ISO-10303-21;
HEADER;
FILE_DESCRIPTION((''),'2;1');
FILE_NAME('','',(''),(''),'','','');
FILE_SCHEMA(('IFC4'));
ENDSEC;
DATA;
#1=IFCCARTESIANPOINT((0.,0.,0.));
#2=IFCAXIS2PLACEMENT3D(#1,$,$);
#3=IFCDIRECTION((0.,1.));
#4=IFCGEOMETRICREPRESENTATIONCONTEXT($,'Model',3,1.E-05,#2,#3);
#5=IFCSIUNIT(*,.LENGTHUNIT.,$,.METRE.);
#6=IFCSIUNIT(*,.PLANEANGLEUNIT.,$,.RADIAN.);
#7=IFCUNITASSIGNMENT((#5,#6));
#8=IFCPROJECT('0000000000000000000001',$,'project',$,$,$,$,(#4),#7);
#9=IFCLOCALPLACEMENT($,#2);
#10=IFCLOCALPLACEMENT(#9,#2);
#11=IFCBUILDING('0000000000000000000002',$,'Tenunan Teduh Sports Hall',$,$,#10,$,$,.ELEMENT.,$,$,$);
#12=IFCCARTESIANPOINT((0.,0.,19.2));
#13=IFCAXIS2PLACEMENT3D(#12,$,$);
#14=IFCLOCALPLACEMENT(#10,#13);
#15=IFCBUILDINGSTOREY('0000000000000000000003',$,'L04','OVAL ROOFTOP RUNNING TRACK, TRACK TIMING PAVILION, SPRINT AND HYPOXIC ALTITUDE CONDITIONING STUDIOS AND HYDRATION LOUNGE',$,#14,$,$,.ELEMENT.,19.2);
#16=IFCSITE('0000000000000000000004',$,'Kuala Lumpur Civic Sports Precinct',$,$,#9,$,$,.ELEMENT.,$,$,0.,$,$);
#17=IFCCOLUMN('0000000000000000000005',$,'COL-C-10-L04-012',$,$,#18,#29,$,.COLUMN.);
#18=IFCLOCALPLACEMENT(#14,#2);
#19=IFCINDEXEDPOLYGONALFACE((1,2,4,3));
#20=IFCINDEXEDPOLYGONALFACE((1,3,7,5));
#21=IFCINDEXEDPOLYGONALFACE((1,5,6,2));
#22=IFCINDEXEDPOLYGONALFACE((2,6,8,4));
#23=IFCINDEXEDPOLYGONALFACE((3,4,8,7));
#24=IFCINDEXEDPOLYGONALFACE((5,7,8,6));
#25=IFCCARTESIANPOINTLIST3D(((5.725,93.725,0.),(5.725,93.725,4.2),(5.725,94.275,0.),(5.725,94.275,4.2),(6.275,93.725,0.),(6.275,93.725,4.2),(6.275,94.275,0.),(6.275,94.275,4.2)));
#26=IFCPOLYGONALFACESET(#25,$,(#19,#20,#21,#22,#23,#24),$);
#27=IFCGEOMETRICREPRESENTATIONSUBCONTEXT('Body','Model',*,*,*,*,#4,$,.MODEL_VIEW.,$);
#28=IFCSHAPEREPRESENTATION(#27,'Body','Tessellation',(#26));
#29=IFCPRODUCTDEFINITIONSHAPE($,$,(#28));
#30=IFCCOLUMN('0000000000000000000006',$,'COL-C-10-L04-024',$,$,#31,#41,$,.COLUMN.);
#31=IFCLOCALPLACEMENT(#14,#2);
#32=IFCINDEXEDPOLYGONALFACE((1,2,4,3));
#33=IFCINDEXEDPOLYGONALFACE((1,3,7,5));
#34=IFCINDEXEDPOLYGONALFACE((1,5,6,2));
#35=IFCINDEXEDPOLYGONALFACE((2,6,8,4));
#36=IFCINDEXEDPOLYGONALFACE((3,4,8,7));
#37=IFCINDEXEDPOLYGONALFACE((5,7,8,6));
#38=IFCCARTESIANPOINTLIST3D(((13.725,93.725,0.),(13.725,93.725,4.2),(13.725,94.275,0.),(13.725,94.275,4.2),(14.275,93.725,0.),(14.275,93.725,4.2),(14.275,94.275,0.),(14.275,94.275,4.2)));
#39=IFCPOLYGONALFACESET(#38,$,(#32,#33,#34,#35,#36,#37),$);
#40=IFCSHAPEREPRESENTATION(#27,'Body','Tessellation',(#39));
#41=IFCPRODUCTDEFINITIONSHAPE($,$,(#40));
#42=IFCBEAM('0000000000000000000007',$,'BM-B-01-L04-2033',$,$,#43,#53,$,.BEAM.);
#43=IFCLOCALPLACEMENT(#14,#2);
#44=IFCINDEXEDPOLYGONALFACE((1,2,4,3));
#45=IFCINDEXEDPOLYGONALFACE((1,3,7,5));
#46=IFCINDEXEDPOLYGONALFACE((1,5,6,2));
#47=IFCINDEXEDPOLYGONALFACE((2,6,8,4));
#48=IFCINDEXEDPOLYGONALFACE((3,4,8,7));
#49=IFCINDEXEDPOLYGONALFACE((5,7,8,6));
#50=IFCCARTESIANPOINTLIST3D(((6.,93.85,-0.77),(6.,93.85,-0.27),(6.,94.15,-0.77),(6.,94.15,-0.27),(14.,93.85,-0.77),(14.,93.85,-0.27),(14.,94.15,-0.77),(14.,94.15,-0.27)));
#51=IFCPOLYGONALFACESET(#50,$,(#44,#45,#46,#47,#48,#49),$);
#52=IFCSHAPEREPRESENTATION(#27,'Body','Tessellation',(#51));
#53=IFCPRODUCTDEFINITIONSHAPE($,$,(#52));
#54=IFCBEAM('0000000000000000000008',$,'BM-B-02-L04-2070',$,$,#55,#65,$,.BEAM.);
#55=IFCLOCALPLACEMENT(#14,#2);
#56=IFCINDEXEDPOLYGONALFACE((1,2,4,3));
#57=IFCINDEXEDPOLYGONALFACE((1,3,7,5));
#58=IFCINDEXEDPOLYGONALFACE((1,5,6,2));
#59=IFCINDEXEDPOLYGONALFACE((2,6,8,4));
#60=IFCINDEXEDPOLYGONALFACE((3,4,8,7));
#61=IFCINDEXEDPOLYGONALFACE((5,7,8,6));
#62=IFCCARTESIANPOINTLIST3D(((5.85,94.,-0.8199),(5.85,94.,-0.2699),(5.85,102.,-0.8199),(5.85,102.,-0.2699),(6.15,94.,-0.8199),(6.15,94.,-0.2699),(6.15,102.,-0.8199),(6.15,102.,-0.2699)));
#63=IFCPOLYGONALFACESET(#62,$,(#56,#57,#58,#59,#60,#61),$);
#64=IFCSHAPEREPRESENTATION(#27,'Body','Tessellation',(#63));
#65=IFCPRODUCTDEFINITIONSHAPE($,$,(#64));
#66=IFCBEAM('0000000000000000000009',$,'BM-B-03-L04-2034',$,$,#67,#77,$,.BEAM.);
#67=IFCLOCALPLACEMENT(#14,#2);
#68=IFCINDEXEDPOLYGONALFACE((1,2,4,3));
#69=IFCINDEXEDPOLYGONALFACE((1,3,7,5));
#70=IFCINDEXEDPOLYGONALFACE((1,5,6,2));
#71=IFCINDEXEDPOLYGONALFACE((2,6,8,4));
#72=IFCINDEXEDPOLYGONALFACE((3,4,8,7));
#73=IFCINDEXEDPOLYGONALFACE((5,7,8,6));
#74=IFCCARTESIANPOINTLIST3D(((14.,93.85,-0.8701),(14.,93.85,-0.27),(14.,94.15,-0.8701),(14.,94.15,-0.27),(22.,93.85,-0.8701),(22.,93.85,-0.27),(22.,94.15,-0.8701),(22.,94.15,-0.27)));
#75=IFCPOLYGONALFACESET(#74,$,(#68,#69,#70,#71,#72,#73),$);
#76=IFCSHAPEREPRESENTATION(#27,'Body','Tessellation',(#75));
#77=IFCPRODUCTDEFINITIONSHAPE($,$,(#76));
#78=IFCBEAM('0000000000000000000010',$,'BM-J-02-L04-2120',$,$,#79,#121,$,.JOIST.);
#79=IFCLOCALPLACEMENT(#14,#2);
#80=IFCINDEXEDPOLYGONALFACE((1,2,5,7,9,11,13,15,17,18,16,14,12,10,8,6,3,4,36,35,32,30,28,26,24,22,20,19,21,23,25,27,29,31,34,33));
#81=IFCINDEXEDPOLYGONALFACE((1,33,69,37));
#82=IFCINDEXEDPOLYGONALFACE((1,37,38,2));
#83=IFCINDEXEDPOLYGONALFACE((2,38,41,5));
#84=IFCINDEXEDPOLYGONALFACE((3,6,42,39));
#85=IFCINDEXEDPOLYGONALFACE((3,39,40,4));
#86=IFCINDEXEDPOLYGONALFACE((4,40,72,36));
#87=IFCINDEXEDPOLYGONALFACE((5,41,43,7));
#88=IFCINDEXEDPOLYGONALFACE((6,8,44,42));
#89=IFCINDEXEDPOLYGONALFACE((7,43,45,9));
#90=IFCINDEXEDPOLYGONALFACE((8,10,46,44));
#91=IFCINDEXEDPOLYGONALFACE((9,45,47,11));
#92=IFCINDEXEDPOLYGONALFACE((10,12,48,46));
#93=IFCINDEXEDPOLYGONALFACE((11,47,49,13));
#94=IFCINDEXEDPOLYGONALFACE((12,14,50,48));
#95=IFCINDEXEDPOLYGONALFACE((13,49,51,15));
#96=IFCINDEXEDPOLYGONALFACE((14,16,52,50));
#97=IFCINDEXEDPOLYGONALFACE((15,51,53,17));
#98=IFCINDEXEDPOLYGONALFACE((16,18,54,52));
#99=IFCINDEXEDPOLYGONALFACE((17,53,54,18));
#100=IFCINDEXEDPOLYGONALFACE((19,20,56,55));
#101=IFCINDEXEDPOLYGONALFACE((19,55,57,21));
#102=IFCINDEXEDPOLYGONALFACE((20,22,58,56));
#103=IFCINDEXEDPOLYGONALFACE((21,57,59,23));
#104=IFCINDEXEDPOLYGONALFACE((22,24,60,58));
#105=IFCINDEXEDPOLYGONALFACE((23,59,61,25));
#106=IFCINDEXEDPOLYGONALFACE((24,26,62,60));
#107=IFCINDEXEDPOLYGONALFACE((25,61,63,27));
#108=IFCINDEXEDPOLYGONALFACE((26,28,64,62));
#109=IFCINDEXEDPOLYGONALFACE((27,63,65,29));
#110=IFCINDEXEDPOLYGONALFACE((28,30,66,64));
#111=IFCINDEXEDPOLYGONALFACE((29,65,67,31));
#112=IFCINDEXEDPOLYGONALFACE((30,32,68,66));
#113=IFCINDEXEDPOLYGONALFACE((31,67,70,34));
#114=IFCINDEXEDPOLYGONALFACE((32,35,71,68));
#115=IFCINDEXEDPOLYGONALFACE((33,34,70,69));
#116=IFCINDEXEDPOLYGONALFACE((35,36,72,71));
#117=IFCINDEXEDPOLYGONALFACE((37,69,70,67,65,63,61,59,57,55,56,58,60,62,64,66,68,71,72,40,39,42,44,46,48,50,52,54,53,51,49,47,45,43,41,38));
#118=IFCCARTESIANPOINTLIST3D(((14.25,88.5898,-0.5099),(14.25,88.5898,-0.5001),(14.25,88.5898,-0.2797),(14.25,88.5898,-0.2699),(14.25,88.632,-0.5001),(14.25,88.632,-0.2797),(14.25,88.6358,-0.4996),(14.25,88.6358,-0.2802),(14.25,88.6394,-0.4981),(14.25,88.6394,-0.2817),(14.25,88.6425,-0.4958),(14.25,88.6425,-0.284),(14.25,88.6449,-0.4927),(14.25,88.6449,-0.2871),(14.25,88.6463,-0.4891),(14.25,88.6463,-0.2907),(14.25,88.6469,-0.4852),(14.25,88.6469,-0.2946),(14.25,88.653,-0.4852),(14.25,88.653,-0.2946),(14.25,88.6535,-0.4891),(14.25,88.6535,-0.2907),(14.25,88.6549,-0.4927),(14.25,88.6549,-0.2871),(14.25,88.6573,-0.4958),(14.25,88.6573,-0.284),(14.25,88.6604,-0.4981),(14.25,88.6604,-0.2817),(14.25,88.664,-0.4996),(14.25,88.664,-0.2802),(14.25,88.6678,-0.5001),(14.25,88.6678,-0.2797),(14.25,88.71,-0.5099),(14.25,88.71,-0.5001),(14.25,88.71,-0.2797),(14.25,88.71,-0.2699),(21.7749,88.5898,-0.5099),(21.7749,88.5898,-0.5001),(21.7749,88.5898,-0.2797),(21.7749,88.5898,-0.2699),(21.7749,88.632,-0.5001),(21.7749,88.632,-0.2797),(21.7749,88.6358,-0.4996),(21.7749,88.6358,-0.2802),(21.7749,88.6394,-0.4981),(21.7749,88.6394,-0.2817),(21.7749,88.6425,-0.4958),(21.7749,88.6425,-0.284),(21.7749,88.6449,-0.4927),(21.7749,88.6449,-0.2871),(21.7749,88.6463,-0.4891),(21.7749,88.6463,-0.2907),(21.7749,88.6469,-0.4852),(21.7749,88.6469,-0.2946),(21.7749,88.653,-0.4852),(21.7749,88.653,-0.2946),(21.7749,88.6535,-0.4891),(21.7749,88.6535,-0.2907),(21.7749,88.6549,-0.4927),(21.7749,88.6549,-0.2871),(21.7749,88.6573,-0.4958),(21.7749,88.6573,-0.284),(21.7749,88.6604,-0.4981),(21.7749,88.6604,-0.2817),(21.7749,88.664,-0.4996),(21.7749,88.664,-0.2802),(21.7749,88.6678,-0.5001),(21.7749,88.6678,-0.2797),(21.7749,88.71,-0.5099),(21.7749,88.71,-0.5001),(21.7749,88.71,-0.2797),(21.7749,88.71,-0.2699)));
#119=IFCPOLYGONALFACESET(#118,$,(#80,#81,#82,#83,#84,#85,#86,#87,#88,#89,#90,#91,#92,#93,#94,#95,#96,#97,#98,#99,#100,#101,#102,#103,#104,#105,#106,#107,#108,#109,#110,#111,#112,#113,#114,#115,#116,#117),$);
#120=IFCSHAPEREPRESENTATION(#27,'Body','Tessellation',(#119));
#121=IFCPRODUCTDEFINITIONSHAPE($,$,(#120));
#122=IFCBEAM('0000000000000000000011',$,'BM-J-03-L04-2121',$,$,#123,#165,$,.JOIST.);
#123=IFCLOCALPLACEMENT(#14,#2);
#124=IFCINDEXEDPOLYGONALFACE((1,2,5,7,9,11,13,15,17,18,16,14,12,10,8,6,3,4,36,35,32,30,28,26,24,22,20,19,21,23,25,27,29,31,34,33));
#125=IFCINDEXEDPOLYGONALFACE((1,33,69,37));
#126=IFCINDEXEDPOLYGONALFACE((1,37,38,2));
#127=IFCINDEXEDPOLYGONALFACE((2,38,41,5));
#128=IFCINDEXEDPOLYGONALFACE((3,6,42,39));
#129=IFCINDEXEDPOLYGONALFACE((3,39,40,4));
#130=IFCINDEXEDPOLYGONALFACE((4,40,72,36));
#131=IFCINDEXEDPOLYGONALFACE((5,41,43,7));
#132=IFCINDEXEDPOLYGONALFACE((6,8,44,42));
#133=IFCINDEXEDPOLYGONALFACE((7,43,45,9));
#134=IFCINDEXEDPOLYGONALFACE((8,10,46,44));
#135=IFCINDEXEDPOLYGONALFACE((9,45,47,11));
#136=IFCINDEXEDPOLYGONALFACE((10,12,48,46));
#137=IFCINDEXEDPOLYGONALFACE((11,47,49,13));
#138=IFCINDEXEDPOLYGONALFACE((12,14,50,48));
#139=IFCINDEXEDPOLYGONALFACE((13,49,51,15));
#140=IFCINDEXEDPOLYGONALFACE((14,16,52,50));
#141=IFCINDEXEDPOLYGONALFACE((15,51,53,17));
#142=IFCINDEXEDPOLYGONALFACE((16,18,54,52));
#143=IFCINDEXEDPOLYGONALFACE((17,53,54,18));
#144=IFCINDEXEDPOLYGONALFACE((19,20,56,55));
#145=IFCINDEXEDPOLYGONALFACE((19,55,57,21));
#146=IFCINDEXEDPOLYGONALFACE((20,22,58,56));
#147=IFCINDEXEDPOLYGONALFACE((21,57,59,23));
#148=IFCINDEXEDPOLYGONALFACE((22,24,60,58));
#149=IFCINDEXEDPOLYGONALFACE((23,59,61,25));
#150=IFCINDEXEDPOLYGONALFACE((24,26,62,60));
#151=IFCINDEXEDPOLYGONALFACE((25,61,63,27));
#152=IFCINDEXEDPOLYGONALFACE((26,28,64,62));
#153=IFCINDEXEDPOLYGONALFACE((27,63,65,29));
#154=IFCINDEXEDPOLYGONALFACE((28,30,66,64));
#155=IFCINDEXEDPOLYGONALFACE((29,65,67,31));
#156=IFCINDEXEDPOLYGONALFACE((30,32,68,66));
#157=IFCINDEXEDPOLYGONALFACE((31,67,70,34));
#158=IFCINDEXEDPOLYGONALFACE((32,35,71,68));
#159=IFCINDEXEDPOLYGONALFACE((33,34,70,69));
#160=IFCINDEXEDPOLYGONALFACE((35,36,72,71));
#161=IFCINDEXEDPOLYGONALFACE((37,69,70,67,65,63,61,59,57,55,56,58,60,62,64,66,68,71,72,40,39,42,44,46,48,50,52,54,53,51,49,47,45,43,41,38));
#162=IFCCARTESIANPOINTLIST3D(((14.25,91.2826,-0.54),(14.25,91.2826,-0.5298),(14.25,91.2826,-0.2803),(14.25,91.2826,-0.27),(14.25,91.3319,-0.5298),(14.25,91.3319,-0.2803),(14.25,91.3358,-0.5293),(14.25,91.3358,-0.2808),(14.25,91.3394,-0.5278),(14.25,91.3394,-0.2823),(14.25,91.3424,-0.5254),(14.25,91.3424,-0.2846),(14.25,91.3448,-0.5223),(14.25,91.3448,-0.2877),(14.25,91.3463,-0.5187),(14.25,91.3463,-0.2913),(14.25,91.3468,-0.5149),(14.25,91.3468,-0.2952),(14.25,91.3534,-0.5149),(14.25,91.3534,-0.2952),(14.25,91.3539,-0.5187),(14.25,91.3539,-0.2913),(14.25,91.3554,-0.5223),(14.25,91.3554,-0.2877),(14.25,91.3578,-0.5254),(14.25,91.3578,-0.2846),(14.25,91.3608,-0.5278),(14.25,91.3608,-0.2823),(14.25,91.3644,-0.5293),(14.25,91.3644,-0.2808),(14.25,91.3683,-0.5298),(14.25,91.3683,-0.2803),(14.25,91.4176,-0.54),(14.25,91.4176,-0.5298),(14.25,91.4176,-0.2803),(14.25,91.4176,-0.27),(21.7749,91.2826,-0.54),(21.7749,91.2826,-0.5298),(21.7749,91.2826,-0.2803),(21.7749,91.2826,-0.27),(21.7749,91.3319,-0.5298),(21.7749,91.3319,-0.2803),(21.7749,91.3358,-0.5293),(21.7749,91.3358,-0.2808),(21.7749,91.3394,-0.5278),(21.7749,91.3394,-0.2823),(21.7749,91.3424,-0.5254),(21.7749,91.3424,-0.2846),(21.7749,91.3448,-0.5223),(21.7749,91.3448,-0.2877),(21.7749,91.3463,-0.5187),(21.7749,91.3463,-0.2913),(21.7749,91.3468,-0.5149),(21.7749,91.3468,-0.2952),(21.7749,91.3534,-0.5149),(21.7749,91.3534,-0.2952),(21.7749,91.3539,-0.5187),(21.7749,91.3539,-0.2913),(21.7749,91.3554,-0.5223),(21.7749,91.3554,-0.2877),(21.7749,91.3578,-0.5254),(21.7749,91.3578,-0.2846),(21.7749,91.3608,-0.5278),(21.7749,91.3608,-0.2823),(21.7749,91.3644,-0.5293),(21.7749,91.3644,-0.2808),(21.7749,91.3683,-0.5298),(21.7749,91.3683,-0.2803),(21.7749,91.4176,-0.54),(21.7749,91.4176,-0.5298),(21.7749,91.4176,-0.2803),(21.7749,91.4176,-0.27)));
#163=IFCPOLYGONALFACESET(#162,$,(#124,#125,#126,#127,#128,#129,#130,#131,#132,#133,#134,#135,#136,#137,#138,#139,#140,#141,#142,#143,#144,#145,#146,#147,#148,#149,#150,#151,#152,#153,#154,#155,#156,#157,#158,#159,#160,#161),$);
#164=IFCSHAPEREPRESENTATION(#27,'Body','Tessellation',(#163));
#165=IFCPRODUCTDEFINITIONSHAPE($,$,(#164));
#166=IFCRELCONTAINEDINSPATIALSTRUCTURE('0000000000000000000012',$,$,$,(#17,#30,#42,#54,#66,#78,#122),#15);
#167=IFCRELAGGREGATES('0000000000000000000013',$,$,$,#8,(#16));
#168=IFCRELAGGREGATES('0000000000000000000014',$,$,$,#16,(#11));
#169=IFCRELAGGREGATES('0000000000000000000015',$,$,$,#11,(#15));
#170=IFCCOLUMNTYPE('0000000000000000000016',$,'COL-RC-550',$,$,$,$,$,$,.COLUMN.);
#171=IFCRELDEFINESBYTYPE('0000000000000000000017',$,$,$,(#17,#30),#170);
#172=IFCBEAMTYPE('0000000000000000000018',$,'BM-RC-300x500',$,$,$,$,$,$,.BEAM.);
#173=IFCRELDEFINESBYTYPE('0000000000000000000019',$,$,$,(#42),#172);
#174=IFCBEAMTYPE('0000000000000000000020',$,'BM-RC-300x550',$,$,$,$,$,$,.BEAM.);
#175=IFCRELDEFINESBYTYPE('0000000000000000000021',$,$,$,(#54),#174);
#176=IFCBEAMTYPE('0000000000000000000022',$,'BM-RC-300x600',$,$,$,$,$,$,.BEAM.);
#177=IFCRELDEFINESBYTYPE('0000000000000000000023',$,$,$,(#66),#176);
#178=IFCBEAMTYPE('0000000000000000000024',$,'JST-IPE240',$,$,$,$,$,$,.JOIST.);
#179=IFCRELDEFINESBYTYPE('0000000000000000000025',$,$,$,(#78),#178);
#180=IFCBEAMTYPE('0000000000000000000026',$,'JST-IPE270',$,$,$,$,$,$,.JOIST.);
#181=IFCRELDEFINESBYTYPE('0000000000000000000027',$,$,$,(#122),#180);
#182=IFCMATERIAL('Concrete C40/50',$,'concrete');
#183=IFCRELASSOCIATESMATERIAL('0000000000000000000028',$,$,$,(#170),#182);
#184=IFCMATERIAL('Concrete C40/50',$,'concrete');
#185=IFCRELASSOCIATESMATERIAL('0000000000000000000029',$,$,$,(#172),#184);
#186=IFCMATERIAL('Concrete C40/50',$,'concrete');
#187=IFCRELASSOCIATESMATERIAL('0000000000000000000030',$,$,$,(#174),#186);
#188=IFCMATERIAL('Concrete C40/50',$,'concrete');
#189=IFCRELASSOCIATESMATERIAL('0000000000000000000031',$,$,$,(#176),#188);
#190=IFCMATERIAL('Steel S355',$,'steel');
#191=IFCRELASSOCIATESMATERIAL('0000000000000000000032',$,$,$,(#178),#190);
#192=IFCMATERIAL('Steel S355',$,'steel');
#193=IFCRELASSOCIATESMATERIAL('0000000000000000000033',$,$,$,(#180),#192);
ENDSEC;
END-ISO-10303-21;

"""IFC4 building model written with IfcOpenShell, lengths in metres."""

from ifc_helpers import new_model, si_unit, direction, frame, origin, origin_2d, place, context, subcontext, project, spatial, rectangle, i_section, extrude, material, material_profile, profile_set, type_object, element, save


model = new_model("IFC4")

# Units and contexts
model_context = context("Model", 3, precision=1e-05, world=origin(), true_north=direction((0.0, 1.0)))
body_context = subcontext(model_context, "Body", "Model", "MODEL_VIEW")
ifc_project = project(units=[si_unit("LENGTHUNIT", "METRE"), si_unit("PLANEANGLEUNIT", "RADIAN")], contexts=[model_context])

# Site, building, storey
site_placement = place(None, origin())
site = spatial("IfcSite", under=ifc_project, at=site_placement, Name="Kuala Lumpur Civic Sports Precinct", CompositionType="ELEMENT", RefElevation=0.0)
building_placement = place(site_placement, origin())
building = spatial("IfcBuilding", under=site, at=building_placement, Name="Tenunan Teduh Sports Hall", CompositionType="ELEMENT")
storey_placement = place(building_placement, frame((0.0, 0.0, 19.2)))
storey = spatial("IfcBuildingStorey", under=building, at=storey_placement, Name="L04", Description="OVAL ROOFTOP RUNNING TRACK, TRACK TIMING PAVILION, SPRINT AND HYPOXIC ALTITUDE CONDITIONING STUDIOS AND HYDRATION LOUNGE", CompositionType="ELEMENT", Elevation=19.2)

# Columns
ifc_material_1 = material(Name="Concrete C40/50", Category="concrete")
ifc_material_profile_1 = material_profile(ifc_material_1, rectangle(XDim=0.55, YDim=0.55, at=origin_2d()), Name="RC 550x550")
ifc_profile_set_1 = profile_set([ifc_material_profile_1], Name="Concrete C40/50")
column_type = type_object("IfcColumnType", Name="COL-RC-550", PredefinedType="COLUMN", material=ifc_profile_set_1)
for number, where, z_axis, x_axis, name in (
    (1, (6.0, 94.0, 0.0), (0.0, 0.0, 1.0), (1.0, 0.0, 0.0), "COL-C-10-L04-012"),
    (2, (14.0, 94.0, 0.0), (0.0, 0.0, 1.0), (1.0, 0.0, 0.0), "COL-C-10-L04-024"),
):
    element("IfcColumn", number, at=place(storey_placement, frame(where, z_axis=z_axis, x_axis=x_axis)), inside=storey, type_object=column_type, Name=name, PredefinedType="COLUMN", context=body_context, shape_type="SweptSolid", body=[
        extrude(rectangle(XDim=0.55, YDim=0.55, at=origin_2d()), origin(), (0.0, 0.0, 1.0), 4.2),
    ])

# Beams
ifc_material_2 = material(Name="Concrete C40/50", Category="concrete")
ifc_material_profile_2 = material_profile(ifc_material_2, rectangle(XDim=0.3, YDim=0.5, at=origin_2d()), Name="RCB 300x500")
ifc_profile_set_2 = profile_set([ifc_material_profile_2], Name="Concrete C40/50")
beam_type_1 = type_object("IfcBeamType", Name="BM-RC-300x500", PredefinedType="BEAM", material=ifc_profile_set_2)
beam_1_placement = place(storey_placement, frame((6.0, 94.0, -0.52), z_axis=(1.0, 0.0, 0.0), x_axis=(0.0, 1.0, 0.0)))
element("IfcBeam", 3, at=beam_1_placement, inside=storey, type_object=beam_type_1, Name="BM-B-01-L04-2033", PredefinedType="BEAM", context=body_context, shape_type="SweptSolid", body=[
    extrude(rectangle(XDim=0.3, YDim=0.5, at=origin_2d()), origin(), (0.0, 0.0, 1.0), 8.0),
])
ifc_material_3 = material(Name="Concrete C40/50", Category="concrete")
ifc_material_profile_3 = material_profile(ifc_material_3, rectangle(XDim=0.3, YDim=0.55, at=origin_2d()), Name="RCB 300x550")
ifc_profile_set_3 = profile_set([ifc_material_profile_3], Name="Concrete C40/50")
beam_type_2 = type_object("IfcBeamType", Name="BM-RC-300x550", PredefinedType="BEAM", material=ifc_profile_set_3)
beam_2_placement = place(storey_placement, frame((6.0, 94.0, -0.5449), z_axis=(0.0, 1.0, 0.0), x_axis=(-1.0, 0.0, 0.0)))
element("IfcBeam", 4, at=beam_2_placement, inside=storey, type_object=beam_type_2, Name="BM-B-02-L04-2070", PredefinedType="BEAM", context=body_context, shape_type="SweptSolid", body=[
    extrude(rectangle(XDim=0.3, YDim=0.55, at=origin_2d()), origin(), (0.0, 0.0, 1.0), 8.0),
])
ifc_material_4 = material(Name="Concrete C40/50", Category="concrete")
ifc_material_profile_4 = material_profile(ifc_material_4, rectangle(XDim=0.3, YDim=0.6001, at=origin_2d()), Name="RCB 300x600")
ifc_profile_set_4 = profile_set([ifc_material_profile_4], Name="Concrete C40/50")
beam_type_3 = type_object("IfcBeamType", Name="BM-RC-300x600", PredefinedType="BEAM", material=ifc_profile_set_4)
beam_3_placement = place(storey_placement, frame((14.0, 94.0, -0.5701), z_axis=(1.0, 0.0, 0.0), x_axis=(0.0, 1.0, 0.0)))
element("IfcBeam", 5, at=beam_3_placement, inside=storey, type_object=beam_type_3, Name="BM-B-03-L04-2034", PredefinedType="BEAM", context=body_context, shape_type="SweptSolid", body=[
    extrude(rectangle(XDim=0.3, YDim=0.6001, at=origin_2d()), origin(), (0.0, 0.0, 1.0), 8.0),
])
ifc_material_5 = material(Name="Steel S355", Category="steel")
ifc_material_profile_5 = material_profile(ifc_material_5, i_section(OverallWidth=0.1201, OverallDepth=0.24, WebThickness=0.0061, FlangeThickness=0.0098, FilletRadius=0.0149, at=origin_2d()), Name="IPE 240")
ifc_profile_set_5 = profile_set([ifc_material_profile_5], Name="Steel S355")
beam_type_4 = type_object("IfcBeamType", Name="JST-IPE240", PredefinedType="JOIST", material=ifc_profile_set_5)
beam_4_placement = place(storey_placement, frame((14.25, 88.6499, -0.3899), z_axis=(1.0, 0.0, 0.0), x_axis=(0.0, 1.0, 0.0)))
element("IfcBeam", 6, at=beam_4_placement, inside=storey, type_object=beam_type_4, Name="BM-J-02-L04-2120", PredefinedType="JOIST", context=body_context, shape_type="SweptSolid", body=[
    extrude(i_section(OverallWidth=0.1201, OverallDepth=0.24, WebThickness=0.0061, FlangeThickness=0.0098, FilletRadius=0.0149, at=origin_2d()), origin(), (0.0, 0.0, 1.0), 7.5249),
])
ifc_material_6 = material(Name="Steel S355", Category="steel")
ifc_material_profile_6 = material_profile(ifc_material_6, i_section(OverallWidth=0.135, OverallDepth=0.27, WebThickness=0.0066, FlangeThickness=0.0103, FilletRadius=0.0149, at=origin_2d()), Name="IPE 270")
ifc_profile_set_6 = profile_set([ifc_material_profile_6], Name="Steel S355")
beam_type_5 = type_object("IfcBeamType", Name="JST-IPE270", PredefinedType="JOIST", material=ifc_profile_set_6)
beam_5_placement = place(storey_placement, frame((14.25, 91.3501, -0.405), z_axis=(1.0, 0.0, 0.0), x_axis=(0.0, 1.0, 0.0)))
element("IfcBeam", 7, at=beam_5_placement, inside=storey, type_object=beam_type_5, Name="BM-J-03-L04-2121", PredefinedType="JOIST", context=body_context, shape_type="SweptSolid", body=[
    extrude(i_section(OverallWidth=0.135, OverallDepth=0.27, WebThickness=0.0066, FlangeThickness=0.0103, FilletRadius=0.0149, at=origin_2d()), origin(), (0.0, 0.0, 1.0), 7.5249),
])

save(model, "model.ifc")
